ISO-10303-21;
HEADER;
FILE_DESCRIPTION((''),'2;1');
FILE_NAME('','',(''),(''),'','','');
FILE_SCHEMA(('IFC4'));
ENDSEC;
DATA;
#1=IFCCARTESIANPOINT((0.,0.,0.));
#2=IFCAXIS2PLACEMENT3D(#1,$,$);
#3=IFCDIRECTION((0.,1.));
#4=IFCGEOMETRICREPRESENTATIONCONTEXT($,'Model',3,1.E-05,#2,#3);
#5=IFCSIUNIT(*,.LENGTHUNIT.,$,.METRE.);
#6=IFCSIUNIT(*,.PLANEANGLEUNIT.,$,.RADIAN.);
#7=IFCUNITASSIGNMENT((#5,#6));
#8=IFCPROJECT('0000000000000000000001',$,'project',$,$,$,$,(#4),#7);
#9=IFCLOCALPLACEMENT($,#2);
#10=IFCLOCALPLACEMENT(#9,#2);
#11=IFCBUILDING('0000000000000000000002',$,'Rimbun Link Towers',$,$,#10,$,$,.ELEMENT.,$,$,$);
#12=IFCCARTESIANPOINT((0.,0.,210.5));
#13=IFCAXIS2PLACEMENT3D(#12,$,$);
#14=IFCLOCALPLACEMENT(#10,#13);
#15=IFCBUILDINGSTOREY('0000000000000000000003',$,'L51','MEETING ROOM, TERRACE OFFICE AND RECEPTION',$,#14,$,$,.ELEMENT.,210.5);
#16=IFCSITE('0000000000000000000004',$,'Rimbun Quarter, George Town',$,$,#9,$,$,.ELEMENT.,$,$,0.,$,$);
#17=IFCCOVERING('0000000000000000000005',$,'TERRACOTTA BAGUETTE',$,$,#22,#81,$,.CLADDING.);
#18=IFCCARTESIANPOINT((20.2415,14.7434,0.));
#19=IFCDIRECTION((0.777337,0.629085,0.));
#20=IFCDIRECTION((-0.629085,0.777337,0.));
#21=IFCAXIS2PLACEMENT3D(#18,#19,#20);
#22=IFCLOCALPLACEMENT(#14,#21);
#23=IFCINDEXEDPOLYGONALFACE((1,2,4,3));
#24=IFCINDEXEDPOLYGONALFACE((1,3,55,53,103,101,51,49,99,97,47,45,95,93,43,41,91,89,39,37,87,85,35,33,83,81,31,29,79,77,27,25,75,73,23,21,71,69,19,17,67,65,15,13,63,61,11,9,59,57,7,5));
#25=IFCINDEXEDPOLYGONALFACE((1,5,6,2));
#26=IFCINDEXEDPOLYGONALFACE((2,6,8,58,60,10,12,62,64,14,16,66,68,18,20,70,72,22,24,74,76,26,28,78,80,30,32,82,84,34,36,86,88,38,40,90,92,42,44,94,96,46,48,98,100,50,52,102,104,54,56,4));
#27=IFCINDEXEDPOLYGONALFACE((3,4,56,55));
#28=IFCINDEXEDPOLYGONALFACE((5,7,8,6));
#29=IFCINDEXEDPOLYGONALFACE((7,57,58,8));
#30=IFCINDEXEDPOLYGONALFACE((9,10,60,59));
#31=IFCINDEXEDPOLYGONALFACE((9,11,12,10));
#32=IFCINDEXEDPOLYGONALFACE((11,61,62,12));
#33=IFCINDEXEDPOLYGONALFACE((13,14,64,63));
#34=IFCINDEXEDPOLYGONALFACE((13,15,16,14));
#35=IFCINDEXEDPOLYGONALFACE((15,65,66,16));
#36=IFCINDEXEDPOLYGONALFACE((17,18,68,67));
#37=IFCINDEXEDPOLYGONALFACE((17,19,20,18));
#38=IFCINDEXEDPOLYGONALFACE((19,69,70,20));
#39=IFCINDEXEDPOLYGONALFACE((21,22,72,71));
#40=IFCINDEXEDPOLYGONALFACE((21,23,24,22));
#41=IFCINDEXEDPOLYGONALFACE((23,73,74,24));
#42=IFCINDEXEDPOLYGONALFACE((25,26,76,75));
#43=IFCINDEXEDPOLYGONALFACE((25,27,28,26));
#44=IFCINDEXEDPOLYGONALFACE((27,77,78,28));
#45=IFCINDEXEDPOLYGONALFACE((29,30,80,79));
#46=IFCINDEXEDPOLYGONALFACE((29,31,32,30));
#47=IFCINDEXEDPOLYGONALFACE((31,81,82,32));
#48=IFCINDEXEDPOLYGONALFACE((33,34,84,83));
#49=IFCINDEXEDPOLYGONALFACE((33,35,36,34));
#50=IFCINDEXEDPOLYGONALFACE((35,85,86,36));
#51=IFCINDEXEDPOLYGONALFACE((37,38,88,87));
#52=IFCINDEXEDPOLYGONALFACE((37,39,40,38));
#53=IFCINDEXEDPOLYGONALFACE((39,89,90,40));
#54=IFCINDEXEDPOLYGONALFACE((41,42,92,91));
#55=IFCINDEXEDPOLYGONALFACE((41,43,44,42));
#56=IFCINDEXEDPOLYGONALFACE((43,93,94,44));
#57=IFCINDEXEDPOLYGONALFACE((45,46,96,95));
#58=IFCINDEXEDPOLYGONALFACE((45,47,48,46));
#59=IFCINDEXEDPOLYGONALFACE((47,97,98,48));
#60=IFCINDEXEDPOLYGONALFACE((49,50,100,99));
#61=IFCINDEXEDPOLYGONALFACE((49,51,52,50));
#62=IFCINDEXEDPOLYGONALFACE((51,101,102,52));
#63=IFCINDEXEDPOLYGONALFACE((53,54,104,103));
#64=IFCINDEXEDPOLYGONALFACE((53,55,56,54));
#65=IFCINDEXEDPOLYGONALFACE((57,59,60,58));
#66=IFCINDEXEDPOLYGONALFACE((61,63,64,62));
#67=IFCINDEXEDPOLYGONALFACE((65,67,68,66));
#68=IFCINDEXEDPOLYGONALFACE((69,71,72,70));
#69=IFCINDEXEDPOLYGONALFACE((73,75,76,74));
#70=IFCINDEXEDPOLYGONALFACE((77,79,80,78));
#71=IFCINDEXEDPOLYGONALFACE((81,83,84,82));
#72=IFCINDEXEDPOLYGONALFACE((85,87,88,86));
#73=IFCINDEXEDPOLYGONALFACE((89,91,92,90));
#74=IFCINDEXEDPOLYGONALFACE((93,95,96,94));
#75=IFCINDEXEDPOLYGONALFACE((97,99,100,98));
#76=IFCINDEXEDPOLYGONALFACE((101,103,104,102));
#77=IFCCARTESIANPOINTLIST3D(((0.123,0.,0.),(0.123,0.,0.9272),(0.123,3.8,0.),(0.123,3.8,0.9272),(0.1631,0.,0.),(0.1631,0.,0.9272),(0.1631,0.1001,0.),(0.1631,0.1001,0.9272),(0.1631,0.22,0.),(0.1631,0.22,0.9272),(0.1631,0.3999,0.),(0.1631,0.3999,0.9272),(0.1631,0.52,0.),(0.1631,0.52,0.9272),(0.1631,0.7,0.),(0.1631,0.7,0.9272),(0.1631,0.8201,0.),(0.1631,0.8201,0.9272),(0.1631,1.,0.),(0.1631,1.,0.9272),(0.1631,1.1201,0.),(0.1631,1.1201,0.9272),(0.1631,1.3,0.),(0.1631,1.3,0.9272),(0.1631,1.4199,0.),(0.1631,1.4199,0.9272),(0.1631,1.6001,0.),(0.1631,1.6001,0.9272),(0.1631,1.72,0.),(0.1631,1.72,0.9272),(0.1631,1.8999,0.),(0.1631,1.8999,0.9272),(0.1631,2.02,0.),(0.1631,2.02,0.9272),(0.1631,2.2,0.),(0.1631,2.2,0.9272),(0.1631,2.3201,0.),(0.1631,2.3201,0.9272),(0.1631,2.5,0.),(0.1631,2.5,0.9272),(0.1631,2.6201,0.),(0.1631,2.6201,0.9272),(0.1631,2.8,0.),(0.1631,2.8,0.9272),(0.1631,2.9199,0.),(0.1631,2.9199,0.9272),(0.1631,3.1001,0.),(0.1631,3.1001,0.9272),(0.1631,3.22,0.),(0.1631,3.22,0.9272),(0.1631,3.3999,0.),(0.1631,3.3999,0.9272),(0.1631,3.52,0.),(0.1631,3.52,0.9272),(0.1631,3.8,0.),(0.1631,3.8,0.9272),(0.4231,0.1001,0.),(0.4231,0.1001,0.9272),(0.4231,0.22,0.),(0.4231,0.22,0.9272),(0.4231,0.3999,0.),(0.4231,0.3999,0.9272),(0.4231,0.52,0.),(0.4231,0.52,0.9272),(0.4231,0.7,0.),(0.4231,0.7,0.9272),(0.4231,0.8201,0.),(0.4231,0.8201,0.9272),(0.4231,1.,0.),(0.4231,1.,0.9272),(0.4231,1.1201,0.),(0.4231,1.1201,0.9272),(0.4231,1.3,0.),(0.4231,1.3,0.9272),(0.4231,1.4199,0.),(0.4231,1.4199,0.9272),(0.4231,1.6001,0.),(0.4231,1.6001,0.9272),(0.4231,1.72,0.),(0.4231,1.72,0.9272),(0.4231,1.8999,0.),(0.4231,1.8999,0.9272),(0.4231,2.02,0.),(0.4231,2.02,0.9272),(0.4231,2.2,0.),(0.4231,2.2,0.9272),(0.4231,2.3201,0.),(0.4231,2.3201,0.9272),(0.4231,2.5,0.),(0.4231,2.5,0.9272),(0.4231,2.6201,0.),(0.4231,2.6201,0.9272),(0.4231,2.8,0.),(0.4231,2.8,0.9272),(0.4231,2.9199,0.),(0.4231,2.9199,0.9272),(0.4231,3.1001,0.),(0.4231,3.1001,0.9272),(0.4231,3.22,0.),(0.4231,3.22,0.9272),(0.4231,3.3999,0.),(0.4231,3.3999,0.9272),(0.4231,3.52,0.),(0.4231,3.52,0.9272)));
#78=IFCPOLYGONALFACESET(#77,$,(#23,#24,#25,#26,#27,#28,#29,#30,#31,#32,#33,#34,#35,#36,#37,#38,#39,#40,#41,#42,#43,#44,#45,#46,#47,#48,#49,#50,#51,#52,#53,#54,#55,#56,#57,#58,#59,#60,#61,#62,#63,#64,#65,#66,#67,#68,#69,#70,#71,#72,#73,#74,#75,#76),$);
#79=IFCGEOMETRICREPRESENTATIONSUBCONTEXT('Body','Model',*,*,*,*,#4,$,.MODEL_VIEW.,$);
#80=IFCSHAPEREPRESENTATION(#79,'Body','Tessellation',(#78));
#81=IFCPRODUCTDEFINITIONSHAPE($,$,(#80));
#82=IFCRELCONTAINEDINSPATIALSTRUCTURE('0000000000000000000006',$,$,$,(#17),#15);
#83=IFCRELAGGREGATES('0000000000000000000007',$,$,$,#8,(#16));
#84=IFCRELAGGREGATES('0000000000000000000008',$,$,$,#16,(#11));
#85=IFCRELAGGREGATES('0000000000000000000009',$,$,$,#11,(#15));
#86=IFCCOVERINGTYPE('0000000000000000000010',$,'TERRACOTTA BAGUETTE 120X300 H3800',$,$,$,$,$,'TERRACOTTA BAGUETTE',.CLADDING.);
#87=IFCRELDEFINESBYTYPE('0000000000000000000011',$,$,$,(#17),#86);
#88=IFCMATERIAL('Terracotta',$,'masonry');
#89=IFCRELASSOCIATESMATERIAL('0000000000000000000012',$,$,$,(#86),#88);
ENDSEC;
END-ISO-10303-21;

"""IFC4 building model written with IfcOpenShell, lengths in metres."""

from ifc_helpers import new_model, si_unit, direction, frame, origin, place, context, subcontext, project, spatial, polyline, outline, extrude, material, material_profile, profile_set, type_object, element, save


model = new_model("IFC4")

# Units and contexts
model_context = context("Model", 3, precision=1e-05, world=origin(), true_north=direction((0.0, 1.0)))
body_context = subcontext(model_context, "Body", "Model", "MODEL_VIEW")
ifc_project = project(units=[si_unit("LENGTHUNIT", "METRE"), si_unit("PLANEANGLEUNIT", "RADIAN")], contexts=[model_context])

# Site, building, storey
site_placement = place(None, origin())
site = spatial("IfcSite", under=ifc_project, at=site_placement, Name="Rimbun Quarter, George Town", CompositionType="ELEMENT", RefElevation=0.0)
building_placement = place(site_placement, origin())
building = spatial("IfcBuilding", under=site, at=building_placement, Name="Rimbun Link Towers", CompositionType="ELEMENT")
storey_placement = place(building_placement, frame((0.0, 0.0, 210.5)))
storey = spatial("IfcBuildingStorey", under=building, at=storey_placement, Name="L51", Description="MEETING ROOM, TERRACE OFFICE AND RECEPTION", CompositionType="ELEMENT", Elevation=210.5)

# Covering
ifc_material_1 = material(Name="Terracotta", Category="masonry")
ifc_material_profile_1 = material_profile(ifc_material_1, outline(polyline([(0.123, 0.0), (0.1631, 0.0), (0.1631, 0.1001), (0.4231, 0.1001), (0.4231, 0.22), (0.1631, 0.22), (0.1631, 0.3999), (0.4231, 0.3999), (0.4231, 0.52), (0.1631, 0.52), (0.1631, 0.7), (0.4231, 0.7), (0.4231, 0.8201), (0.1631, 0.8201), (0.1631, 1.0), (0.4231, 1.0), (0.4231, 1.1201), (0.1631, 1.1201), (0.1631, 1.3), (0.4231, 1.3), (0.4231, 1.4199), (0.1631, 1.4199), (0.1631, 1.6001), (0.4231, 1.6001), (0.4231, 1.72), (0.1631, 1.72), (0.1631, 1.8999), (0.4231, 1.8999), (0.4231, 2.02), (0.1631, 2.02), (0.1631, 2.2), (0.4231, 2.2), (0.4231, 2.3201), (0.1631, 2.3201), (0.1631, 2.5), (0.4231, 2.5), (0.4231, 2.6201), (0.1631, 2.6201), (0.1631, 2.8), (0.4231, 2.8), (0.4231, 2.9199), (0.1631, 2.9199), (0.1631, 3.1001), (0.4231, 3.1001), (0.4231, 3.22), (0.1631, 3.22), (0.1631, 3.3999), (0.4231, 3.3999), (0.4231, 3.52), (0.1631, 3.52), (0.1631, 3.8), (0.123, 3.8), (0.123, 0.0)])), Name="BAGUETTE 120X300")
ifc_profile_set_1 = profile_set([ifc_material_profile_1], Name="Terracotta")
covering_type = type_object("IfcCoveringType", Name="TERRACOTTA BAGUETTE 120X300 H3800", ElementType="TERRACOTTA BAGUETTE", PredefinedType="CLADDING", material=ifc_profile_set_1)
covering_1_placement = place(storey_placement, frame((20.2415, 14.7434, 0.0), z_axis=(0.777337, 0.629085, 0.0), x_axis=(-0.629085, 0.777337, 0.0)))
element("IfcCovering", 1, at=covering_1_placement, inside=storey, type_object=covering_type, Name="TERRACOTTA BAGUETTE", PredefinedType="CLADDING", context=body_context, shape_type="SweptSolid", body=[
    extrude(outline(polyline([(0.123, 0.0), (0.1631, 0.0), (0.1631, 0.1001), (0.4231, 0.1001), (0.4231, 0.22), (0.1631, 0.22), (0.1631, 0.3999), (0.4231, 0.3999), (0.4231, 0.52), (0.1631, 0.52), (0.1631, 0.7), (0.4231, 0.7), (0.4231, 0.8201), (0.1631, 0.8201), (0.1631, 1.0), (0.4231, 1.0), (0.4231, 1.1201), (0.1631, 1.1201), (0.1631, 1.3), (0.4231, 1.3), (0.4231, 1.4199), (0.1631, 1.4199), (0.1631, 1.6001), (0.4231, 1.6001), (0.4231, 1.72), (0.1631, 1.72), (0.1631, 1.8999), (0.4231, 1.8999), (0.4231, 2.02), (0.1631, 2.02), (0.1631, 2.2), (0.4231, 2.2), (0.4231, 2.3201), (0.1631, 2.3201), (0.1631, 2.5), (0.4231, 2.5), (0.4231, 2.6201), (0.1631, 2.6201), (0.1631, 2.8), (0.4231, 2.8), (0.4231, 2.9199), (0.1631, 2.9199), (0.1631, 3.1001), (0.4231, 3.1001), (0.4231, 3.22), (0.1631, 3.22), (0.1631, 3.3999), (0.4231, 3.3999), (0.4231, 3.52), (0.1631, 3.52), (0.1631, 3.8), (0.123, 3.8), (0.123, 0.0)])), origin(), (0.0, 0.0, 1.0), 0.9272),
])

save(model, "model.ifc")
